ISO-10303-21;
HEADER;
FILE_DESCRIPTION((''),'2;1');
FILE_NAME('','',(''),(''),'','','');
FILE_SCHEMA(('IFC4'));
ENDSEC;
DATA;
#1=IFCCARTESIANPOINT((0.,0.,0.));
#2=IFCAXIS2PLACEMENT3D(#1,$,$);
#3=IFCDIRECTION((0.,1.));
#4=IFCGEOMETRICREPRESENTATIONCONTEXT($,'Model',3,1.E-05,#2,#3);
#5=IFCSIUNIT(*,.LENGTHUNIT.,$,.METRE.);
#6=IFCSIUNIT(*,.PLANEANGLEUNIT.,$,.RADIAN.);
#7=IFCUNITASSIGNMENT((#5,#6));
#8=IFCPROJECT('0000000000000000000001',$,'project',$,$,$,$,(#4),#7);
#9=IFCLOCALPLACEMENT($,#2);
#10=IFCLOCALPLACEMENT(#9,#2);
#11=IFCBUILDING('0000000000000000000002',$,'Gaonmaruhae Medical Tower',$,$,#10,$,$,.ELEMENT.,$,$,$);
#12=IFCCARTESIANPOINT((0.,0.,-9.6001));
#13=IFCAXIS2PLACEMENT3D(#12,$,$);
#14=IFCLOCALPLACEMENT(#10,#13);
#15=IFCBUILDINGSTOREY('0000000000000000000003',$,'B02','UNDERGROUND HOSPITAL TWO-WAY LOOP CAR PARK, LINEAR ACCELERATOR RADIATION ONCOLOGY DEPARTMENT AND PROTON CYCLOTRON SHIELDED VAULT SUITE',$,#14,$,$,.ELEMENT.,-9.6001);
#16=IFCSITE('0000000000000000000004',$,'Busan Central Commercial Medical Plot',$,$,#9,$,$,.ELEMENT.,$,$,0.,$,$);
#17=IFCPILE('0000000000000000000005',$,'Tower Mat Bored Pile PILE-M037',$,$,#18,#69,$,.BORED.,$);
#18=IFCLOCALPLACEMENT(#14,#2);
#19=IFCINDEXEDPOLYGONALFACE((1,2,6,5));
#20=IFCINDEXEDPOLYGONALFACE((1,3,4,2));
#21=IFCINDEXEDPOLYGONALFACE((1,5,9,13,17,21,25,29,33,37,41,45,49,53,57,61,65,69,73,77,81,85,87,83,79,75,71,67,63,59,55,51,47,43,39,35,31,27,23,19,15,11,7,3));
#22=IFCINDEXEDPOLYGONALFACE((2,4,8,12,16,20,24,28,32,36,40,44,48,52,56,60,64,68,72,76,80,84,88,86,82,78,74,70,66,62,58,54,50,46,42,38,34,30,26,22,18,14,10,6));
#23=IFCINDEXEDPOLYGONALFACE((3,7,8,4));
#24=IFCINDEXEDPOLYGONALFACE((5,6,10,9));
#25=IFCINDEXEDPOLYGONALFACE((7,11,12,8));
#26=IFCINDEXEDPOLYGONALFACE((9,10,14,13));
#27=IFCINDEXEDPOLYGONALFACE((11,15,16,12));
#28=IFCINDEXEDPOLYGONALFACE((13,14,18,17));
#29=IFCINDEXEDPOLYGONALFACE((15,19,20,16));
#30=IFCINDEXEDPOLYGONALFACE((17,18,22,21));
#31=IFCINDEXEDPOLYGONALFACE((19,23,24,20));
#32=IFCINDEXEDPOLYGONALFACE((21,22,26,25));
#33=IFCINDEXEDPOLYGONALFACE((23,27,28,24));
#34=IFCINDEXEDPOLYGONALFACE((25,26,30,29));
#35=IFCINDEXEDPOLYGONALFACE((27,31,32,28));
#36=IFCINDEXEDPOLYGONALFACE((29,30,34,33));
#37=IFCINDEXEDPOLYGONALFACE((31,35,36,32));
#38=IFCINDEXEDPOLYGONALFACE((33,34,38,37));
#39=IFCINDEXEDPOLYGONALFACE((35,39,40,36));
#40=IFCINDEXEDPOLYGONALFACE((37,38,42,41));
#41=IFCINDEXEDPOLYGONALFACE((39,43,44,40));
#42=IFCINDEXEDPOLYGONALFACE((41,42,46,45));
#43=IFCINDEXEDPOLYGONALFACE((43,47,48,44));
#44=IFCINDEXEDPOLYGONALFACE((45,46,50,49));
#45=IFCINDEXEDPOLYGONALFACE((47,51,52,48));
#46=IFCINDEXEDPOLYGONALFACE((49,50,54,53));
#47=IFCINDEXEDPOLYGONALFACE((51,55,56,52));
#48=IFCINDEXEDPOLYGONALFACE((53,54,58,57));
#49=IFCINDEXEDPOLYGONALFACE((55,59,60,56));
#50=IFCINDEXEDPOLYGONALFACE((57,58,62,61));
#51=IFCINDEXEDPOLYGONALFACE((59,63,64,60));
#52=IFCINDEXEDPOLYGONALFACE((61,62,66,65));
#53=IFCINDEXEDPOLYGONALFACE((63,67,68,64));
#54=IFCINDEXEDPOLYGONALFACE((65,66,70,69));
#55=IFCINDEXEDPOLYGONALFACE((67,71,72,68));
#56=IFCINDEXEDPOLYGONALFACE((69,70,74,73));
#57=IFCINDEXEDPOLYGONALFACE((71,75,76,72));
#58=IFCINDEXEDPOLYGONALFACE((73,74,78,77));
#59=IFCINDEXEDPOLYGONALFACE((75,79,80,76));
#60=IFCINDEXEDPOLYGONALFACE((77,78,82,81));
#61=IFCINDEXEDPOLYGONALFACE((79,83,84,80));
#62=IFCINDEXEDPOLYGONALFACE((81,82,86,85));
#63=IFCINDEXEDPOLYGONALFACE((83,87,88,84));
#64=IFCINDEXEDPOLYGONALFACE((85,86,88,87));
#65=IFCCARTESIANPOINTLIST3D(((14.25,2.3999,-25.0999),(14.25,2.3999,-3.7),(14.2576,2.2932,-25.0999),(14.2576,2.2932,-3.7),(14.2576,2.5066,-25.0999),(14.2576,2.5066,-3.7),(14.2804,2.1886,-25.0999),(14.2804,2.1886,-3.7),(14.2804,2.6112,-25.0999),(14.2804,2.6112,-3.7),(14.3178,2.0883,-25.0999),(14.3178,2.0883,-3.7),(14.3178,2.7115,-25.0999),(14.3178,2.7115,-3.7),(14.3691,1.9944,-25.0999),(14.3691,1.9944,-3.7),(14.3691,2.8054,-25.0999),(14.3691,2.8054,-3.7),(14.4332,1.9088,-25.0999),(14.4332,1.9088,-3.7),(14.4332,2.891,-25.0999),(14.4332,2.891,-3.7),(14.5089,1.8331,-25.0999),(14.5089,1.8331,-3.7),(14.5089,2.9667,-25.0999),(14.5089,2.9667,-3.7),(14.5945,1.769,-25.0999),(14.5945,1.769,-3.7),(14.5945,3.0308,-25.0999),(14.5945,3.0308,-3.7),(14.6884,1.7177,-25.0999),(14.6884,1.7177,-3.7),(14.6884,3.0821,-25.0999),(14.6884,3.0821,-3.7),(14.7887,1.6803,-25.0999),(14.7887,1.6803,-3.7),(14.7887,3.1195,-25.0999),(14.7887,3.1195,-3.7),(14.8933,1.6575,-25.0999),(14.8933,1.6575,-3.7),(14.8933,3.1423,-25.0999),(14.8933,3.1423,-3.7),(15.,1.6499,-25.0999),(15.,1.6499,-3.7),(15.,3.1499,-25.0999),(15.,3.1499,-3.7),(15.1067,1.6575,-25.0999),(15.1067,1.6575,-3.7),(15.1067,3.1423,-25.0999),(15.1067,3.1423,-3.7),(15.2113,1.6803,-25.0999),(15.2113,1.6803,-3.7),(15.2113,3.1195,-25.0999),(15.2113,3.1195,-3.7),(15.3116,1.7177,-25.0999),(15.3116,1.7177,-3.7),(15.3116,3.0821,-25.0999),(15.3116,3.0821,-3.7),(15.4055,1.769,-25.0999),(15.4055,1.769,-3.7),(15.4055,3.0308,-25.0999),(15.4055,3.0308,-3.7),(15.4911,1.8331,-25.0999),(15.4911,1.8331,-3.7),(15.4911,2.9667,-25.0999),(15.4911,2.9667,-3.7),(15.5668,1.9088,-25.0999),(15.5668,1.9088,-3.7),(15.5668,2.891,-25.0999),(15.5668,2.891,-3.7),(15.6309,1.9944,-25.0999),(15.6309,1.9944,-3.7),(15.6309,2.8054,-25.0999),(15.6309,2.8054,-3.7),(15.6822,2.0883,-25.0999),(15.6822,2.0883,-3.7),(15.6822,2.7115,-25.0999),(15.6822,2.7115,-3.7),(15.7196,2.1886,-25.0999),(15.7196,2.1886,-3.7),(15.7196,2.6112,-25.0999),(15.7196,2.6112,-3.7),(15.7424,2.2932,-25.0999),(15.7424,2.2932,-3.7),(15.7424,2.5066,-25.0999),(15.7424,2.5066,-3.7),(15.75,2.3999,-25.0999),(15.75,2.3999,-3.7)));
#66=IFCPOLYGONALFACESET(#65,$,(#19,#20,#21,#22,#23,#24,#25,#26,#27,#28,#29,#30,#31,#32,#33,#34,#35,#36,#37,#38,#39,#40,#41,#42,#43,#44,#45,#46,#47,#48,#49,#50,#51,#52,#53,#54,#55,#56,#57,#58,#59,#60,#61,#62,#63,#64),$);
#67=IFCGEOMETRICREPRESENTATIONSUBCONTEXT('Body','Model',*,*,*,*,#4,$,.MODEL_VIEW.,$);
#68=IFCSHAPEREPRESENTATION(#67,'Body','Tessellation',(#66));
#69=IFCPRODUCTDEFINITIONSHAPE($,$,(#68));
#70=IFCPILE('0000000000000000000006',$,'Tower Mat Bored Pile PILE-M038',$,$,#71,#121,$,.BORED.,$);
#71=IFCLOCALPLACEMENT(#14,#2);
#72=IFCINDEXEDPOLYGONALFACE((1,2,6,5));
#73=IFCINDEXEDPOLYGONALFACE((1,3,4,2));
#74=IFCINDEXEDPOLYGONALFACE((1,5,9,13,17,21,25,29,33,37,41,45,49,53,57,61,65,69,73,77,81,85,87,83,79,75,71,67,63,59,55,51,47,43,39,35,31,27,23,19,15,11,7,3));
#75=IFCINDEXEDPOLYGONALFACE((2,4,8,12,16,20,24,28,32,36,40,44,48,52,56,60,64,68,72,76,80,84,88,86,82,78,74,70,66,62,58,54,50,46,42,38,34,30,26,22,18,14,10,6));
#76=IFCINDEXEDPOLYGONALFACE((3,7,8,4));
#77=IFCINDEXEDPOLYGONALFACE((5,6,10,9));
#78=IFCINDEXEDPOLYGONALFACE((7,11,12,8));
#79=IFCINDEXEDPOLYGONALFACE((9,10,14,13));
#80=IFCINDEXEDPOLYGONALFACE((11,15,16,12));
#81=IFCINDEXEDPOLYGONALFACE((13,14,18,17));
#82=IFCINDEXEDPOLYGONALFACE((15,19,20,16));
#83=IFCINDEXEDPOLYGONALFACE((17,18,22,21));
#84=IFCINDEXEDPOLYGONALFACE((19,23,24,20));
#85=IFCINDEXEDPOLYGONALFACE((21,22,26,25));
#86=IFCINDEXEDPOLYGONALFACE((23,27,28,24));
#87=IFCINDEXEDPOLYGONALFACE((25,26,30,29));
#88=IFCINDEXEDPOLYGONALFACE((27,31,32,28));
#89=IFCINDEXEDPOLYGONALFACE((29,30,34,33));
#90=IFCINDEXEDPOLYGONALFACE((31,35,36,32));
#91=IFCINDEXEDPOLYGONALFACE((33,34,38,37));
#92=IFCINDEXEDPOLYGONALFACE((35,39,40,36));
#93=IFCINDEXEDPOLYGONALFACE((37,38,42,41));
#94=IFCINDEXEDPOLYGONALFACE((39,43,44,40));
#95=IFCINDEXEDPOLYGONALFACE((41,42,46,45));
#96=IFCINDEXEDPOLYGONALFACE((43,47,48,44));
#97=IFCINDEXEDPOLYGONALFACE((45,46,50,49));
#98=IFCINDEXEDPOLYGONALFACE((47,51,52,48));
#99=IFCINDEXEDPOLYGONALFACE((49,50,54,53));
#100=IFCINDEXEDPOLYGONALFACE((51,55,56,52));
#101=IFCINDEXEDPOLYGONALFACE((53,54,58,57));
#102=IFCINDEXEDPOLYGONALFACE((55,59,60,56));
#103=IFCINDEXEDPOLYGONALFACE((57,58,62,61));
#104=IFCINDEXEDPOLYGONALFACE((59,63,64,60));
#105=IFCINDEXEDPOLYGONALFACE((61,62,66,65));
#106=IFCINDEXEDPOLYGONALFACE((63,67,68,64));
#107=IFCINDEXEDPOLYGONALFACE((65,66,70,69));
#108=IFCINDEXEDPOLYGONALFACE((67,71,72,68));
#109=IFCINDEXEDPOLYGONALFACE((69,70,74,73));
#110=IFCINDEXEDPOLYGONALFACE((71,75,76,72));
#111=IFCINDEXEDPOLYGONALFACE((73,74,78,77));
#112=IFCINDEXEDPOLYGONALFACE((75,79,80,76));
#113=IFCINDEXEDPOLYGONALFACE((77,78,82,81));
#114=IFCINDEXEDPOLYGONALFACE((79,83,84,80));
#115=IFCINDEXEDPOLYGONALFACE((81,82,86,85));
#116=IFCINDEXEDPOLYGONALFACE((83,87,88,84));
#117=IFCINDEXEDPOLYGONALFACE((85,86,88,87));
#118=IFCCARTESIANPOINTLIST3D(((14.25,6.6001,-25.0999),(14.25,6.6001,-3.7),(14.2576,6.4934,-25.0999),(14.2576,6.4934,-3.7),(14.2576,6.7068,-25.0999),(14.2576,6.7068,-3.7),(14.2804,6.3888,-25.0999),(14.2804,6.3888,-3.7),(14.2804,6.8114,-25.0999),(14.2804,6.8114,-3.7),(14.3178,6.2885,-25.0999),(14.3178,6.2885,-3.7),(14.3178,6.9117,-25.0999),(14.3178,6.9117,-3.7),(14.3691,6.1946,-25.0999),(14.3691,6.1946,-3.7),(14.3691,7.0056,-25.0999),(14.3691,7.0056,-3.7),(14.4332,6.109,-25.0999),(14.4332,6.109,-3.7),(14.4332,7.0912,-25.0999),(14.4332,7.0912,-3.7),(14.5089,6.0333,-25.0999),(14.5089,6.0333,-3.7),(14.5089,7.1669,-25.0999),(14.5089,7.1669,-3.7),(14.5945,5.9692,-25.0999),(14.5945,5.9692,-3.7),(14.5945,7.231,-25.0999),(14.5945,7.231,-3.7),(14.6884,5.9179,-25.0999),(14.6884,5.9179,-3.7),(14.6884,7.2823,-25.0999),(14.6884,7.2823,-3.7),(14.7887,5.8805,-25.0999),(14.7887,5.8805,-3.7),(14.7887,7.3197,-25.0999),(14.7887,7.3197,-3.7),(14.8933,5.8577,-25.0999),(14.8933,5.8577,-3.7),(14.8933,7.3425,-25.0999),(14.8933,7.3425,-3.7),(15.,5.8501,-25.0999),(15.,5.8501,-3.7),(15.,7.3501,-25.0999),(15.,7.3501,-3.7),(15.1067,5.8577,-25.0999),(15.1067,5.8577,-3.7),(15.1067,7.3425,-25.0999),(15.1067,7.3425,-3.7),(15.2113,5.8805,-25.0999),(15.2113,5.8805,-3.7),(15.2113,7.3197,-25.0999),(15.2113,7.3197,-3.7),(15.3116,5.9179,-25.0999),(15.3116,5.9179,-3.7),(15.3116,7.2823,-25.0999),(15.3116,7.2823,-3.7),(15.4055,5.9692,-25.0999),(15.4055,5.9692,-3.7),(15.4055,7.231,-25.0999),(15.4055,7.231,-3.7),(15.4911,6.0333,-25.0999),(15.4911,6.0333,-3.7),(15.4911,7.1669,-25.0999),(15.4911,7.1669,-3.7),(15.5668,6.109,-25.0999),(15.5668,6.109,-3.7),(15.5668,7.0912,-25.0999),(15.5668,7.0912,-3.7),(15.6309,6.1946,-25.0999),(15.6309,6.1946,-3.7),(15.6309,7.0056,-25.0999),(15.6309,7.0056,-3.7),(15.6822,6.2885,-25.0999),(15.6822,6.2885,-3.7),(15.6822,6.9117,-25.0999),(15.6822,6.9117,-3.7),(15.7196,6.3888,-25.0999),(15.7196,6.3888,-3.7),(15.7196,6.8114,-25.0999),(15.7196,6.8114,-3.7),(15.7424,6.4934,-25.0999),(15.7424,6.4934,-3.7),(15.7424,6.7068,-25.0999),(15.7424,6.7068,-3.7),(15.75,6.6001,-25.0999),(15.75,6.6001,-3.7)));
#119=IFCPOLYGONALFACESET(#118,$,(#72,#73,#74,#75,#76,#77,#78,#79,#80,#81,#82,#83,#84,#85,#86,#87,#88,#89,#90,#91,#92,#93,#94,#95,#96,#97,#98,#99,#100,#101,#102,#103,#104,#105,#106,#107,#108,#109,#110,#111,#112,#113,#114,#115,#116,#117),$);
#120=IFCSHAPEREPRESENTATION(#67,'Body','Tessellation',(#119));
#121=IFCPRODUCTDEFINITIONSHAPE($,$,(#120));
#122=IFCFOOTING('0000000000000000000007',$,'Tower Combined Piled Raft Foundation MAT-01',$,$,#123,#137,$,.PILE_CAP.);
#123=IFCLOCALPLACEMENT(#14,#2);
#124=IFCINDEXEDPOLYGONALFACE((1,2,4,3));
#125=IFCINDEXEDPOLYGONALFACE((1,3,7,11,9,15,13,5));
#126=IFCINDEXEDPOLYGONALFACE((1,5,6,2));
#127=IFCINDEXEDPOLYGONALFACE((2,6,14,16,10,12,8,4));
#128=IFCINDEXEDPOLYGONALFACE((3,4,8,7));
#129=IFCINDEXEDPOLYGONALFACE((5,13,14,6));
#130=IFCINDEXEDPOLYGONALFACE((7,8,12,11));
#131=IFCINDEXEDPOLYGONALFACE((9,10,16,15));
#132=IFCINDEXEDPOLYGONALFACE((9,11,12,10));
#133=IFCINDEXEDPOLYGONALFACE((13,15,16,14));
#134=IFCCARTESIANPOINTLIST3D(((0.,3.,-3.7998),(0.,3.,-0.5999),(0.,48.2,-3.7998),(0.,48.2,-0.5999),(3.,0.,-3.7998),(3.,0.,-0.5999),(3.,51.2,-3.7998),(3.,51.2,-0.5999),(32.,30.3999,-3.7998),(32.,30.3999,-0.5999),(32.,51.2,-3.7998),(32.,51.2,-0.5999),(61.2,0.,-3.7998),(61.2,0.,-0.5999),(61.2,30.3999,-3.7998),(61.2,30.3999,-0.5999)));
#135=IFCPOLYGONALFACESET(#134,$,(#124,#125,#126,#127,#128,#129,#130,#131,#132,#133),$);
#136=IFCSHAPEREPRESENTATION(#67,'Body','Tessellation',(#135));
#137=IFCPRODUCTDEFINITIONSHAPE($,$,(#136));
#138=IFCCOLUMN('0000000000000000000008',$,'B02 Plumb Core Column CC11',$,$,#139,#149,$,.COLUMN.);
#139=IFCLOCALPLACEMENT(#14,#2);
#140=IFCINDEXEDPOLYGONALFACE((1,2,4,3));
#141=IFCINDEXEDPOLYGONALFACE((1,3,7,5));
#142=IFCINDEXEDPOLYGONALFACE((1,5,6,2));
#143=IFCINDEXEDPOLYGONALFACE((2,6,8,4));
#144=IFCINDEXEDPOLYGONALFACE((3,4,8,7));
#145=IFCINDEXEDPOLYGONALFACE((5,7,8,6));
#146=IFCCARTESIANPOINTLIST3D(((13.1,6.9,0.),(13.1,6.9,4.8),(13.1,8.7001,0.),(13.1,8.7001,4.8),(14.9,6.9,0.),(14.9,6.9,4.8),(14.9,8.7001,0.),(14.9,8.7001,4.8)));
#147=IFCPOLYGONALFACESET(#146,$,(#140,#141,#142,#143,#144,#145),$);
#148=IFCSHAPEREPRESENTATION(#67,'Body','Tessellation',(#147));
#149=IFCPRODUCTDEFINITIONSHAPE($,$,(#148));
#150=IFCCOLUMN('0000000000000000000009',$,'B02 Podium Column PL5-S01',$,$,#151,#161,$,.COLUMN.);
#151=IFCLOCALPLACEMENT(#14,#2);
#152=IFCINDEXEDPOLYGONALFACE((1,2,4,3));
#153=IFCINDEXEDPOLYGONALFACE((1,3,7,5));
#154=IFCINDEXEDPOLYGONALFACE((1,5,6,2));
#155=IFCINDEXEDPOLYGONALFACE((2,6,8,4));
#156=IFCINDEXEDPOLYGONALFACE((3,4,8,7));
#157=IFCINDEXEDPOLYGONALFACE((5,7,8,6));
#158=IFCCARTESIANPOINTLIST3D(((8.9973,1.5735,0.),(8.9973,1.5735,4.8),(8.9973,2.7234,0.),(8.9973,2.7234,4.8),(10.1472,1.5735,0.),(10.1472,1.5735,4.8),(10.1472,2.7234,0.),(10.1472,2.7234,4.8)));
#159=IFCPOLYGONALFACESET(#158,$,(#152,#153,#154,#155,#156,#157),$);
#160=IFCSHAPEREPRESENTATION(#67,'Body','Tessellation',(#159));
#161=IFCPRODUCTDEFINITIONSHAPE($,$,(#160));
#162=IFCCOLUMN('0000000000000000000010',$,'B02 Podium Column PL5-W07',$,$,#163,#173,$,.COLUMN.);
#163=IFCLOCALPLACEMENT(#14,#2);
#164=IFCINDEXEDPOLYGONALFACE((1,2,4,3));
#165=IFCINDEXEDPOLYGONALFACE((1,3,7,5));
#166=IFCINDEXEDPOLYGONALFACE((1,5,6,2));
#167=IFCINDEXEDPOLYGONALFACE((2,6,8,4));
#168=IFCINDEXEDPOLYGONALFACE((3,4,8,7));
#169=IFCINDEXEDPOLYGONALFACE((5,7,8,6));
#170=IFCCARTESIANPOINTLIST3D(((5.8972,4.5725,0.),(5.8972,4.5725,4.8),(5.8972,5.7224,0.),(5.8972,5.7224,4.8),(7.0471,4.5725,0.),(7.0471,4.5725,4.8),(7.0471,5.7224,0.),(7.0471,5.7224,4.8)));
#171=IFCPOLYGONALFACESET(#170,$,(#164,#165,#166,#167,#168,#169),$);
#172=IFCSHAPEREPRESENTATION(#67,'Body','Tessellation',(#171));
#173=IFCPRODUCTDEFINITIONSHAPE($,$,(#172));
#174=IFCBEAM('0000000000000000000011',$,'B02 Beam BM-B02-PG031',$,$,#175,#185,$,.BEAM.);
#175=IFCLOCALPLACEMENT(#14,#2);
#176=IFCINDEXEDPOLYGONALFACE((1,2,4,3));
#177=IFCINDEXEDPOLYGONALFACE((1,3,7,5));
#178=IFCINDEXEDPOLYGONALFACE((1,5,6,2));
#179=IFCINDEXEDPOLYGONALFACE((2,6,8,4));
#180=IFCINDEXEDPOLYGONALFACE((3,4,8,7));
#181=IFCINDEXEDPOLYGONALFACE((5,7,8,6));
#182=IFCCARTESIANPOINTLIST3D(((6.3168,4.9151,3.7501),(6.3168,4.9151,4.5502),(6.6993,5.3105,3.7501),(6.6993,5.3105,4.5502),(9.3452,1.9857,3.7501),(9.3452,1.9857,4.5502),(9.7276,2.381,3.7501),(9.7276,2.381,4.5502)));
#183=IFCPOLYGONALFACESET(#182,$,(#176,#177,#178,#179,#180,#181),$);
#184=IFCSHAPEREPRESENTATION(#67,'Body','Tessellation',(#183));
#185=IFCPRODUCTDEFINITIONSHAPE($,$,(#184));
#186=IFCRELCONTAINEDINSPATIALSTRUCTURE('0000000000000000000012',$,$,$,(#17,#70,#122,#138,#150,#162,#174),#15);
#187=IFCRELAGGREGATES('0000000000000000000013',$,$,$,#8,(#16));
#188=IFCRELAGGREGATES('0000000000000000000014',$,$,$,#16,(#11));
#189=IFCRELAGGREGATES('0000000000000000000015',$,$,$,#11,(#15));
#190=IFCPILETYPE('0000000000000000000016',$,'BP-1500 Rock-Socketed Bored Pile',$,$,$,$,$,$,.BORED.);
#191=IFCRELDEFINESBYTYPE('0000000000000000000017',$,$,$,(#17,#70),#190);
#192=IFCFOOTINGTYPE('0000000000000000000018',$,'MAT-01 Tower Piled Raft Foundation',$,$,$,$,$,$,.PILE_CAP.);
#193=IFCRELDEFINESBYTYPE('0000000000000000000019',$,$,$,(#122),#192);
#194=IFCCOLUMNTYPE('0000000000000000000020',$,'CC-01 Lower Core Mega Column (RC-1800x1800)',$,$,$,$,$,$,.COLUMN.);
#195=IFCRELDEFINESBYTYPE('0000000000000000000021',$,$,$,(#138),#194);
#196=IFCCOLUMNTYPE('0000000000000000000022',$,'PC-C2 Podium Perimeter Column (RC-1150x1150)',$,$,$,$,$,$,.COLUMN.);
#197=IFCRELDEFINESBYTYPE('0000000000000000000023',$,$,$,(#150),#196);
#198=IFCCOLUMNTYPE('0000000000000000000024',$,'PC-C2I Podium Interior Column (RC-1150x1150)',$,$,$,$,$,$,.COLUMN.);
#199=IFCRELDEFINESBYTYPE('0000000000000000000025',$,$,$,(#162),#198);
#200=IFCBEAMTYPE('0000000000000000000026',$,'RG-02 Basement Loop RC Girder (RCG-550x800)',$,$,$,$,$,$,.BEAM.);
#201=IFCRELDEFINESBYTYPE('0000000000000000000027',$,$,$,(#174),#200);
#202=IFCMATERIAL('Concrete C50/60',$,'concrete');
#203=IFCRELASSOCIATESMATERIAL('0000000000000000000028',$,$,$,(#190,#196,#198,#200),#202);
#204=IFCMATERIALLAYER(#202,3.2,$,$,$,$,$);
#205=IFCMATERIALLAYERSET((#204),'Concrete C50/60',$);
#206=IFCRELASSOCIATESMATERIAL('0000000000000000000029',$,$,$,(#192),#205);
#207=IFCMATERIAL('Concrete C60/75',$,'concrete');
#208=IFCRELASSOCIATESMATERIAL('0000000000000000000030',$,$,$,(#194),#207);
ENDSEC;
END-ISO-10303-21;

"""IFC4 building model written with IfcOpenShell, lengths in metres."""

from ifc_helpers import new_model, si_unit, direction, frame, origin, origin_2d, place, context, subcontext, project, spatial, polyline, rectangle, circle, outline, extrude, material, layer, layer_set, material_profile, profile_set, type_object, element, save


model = new_model("IFC4")

# Units and contexts
model_context = context("Model", 3, precision=1e-05, world=origin(), true_north=direction((0.0, 1.0)))
body_context = subcontext(model_context, "Body", "Model", "MODEL_VIEW")
ifc_project = project(units=[si_unit("LENGTHUNIT", "METRE"), si_unit("PLANEANGLEUNIT", "RADIAN")], contexts=[model_context])

# Site, building, storey
site_placement = place(None, origin())
site = spatial("IfcSite", under=ifc_project, at=site_placement, Name="Busan Central Commercial Medical Plot", CompositionType="ELEMENT", RefElevation=0.0)
building_placement = place(site_placement, origin())
building = spatial("IfcBuilding", under=site, at=building_placement, Name="Gaonmaruhae Medical Tower", CompositionType="ELEMENT")
storey_placement = place(building_placement, frame((0.0, 0.0, -9.6001)))
storey = spatial("IfcBuildingStorey", under=building, at=storey_placement, Name="B02", Description="UNDERGROUND HOSPITAL TWO-WAY LOOP CAR PARK, LINEAR ACCELERATOR RADIATION ONCOLOGY DEPARTMENT AND PROTON CYCLOTRON SHIELDED VAULT SUITE", CompositionType="ELEMENT", Elevation=-9.6001)

# Piles
ifc_material_1 = material(Name="Concrete C50/60", Category="concrete")
ifc_material_profile_1 = material_profile(ifc_material_1, circle(Radius=0.75, at=origin_2d()), Name="PILE-D1500")
ifc_profile_set_1 = profile_set([ifc_material_profile_1], Name="Concrete C50/60")
pile_type = type_object("IfcPileType", Name="BP-1500 Rock-Socketed Bored Pile", PredefinedType="BORED", material=ifc_profile_set_1)
for number, where, z_axis, x_axis, name in (
    (1, (15.0, 2.3999, -3.7), (0.0, 0.0, -1.0), (1.0, 0.0, 0.0), "Tower Mat Bored Pile PILE-M037"),
    (2, (15.0, 6.6001, -3.7), (0.0, 0.0, -1.0), (1.0, 0.0, 0.0), "Tower Mat Bored Pile PILE-M038"),
):
    element("IfcPile", number, at=place(storey_placement, frame(where, z_axis=z_axis, x_axis=x_axis)), inside=storey, type_object=pile_type, Name=name, PredefinedType="BORED", context=body_context, shape_type="SweptSolid", body=[
        extrude(circle(Radius=0.75, at=origin_2d()), origin(), (0.0, 0.0, 1.0), 21.3999),
    ])

# Footing
ifc_layer_1 = layer(ifc_material_1, 3.2)
ifc_layer_set_1 = layer_set([ifc_layer_1], Name="Concrete C50/60")
footing_type = type_object("IfcFootingType", Name="MAT-01 Tower Piled Raft Foundation", PredefinedType="PILE_CAP", material=ifc_layer_set_1)
footing_placement = place(storey_placement, frame((0.0, 0.0, -3.7998)))
element("IfcFooting", 3, at=footing_placement, inside=storey, type_object=footing_type, Name="Tower Combined Piled Raft Foundation MAT-01", PredefinedType="PILE_CAP", context=body_context, shape_type="SweptSolid", body=[
    extrude(outline(polyline([(3.0, 0.0), (61.2, 0.0), (61.2, 30.3999), (32.0, 30.3999), (32.0, 51.2), (3.0, 51.2), (0.0, 48.2), (0.0, 3.0), (3.0, 0.0)])), origin(), (0.0, 0.0, 1.0), 3.2),
])

# Columns
ifc_material_2 = material(Name="Concrete C60/75", Category="concrete")
ifc_material_profile_2 = material_profile(ifc_material_2, rectangle(XDim=1.8, YDim=1.8, at=origin_2d()), Name="RC-1800x1800")
ifc_profile_set_2 = profile_set([ifc_material_profile_2], Name="Concrete C60/75")
column_type_1 = type_object("IfcColumnType", Name="CC-01 Lower Core Mega Column (RC-1800x1800)", PredefinedType="COLUMN", material=ifc_profile_set_2)
column_1_placement = place(storey_placement, frame((14.0, 7.8, 0.0), z_axis=(0.0, 0.0, 1.0), x_axis=(1.0, 0.0, 0.0)))
element("IfcColumn", 4, at=column_1_placement, inside=storey, type_object=column_type_1, Name="B02 Plumb Core Column CC11", PredefinedType="COLUMN", context=body_context, shape_type="SweptSolid", body=[
    extrude(rectangle(XDim=1.8, YDim=1.8, at=origin_2d()), origin(), (0.0, 0.0, 1.0), 4.8),
])
ifc_material_profile_3 = material_profile(ifc_material_1, rectangle(XDim=1.1499, YDim=1.1499, at=origin_2d()), Name="RC-1150x1150")
ifc_profile_set_3 = profile_set([ifc_material_profile_3], Name="Concrete C50/60")
column_type_2 = type_object("IfcColumnType", Name="PC-C2 Podium Perimeter Column (RC-1150x1150)", PredefinedType="COLUMN", material=ifc_profile_set_3)
column_2_placement = place(storey_placement, frame((9.5723, 2.1484, 0.0), z_axis=(0.0, 0.0, 1.0), x_axis=(1.0, 0.0, 0.0)))
element("IfcColumn", 5, at=column_2_placement, inside=storey, type_object=column_type_2, Name="B02 Podium Column PL5-S01", PredefinedType="COLUMN", context=body_context, shape_type="SweptSolid", body=[
    extrude(rectangle(XDim=1.1499, YDim=1.1499, at=origin_2d()), origin(), (0.0, 0.0, 1.0), 4.8),
])
ifc_material_profile_4 = material_profile(ifc_material_1, rectangle(XDim=1.1499, YDim=1.1499, at=origin_2d()), Name="RC-1150x1150")
ifc_profile_set_4 = profile_set([ifc_material_profile_4], Name="Concrete C50/60")
column_type_3 = type_object("IfcColumnType", Name="PC-C2I Podium Interior Column (RC-1150x1150)", PredefinedType="COLUMN", material=ifc_profile_set_4)
column_3_placement = place(storey_placement, frame((6.4722, 5.1475, 0.0), z_axis=(0.0, 0.0, 1.0), x_axis=(1.0, 0.0, 0.0)))
element("IfcColumn", 6, at=column_3_placement, inside=storey, type_object=column_type_3, Name="B02 Podium Column PL5-W07", PredefinedType="COLUMN", context=body_context, shape_type="SweptSolid", body=[
    extrude(rectangle(XDim=1.1499, YDim=1.1499, at=origin_2d()), origin(), (0.0, 0.0, 1.0), 4.8),
])

# Beam
ifc_material_profile_5 = material_profile(ifc_material_1, rectangle(XDim=0.55, YDim=0.8, at=origin_2d()), Name="RCG-550x800")
ifc_profile_set_5 = profile_set([ifc_material_profile_5], Name="Concrete C50/60")
beam_type = type_object("IfcBeamType", Name="RG-02 Basement Loop RC Girder (RCG-550x800)", PredefinedType="BEAM", material=ifc_profile_set_5)
beam_1_placement = place(storey_placement, frame((9.5364, 2.1833, 4.1501), z_axis=(-0.718743, 0.695276, 0.0), x_axis=(-0.695276, -0.718743, 0.0)))
element("IfcBeam", 7, at=beam_1_placement, inside=storey, type_object=beam_type, Name="B02 Beam BM-B02-PG031", PredefinedType="BEAM", context=body_context, shape_type="SweptSolid", body=[
    extrude(rectangle(XDim=0.55, YDim=0.8, at=origin_2d()), origin(), (0.0, 0.0, 1.0), 4.2134),
])

save(model, "model.ifc")
